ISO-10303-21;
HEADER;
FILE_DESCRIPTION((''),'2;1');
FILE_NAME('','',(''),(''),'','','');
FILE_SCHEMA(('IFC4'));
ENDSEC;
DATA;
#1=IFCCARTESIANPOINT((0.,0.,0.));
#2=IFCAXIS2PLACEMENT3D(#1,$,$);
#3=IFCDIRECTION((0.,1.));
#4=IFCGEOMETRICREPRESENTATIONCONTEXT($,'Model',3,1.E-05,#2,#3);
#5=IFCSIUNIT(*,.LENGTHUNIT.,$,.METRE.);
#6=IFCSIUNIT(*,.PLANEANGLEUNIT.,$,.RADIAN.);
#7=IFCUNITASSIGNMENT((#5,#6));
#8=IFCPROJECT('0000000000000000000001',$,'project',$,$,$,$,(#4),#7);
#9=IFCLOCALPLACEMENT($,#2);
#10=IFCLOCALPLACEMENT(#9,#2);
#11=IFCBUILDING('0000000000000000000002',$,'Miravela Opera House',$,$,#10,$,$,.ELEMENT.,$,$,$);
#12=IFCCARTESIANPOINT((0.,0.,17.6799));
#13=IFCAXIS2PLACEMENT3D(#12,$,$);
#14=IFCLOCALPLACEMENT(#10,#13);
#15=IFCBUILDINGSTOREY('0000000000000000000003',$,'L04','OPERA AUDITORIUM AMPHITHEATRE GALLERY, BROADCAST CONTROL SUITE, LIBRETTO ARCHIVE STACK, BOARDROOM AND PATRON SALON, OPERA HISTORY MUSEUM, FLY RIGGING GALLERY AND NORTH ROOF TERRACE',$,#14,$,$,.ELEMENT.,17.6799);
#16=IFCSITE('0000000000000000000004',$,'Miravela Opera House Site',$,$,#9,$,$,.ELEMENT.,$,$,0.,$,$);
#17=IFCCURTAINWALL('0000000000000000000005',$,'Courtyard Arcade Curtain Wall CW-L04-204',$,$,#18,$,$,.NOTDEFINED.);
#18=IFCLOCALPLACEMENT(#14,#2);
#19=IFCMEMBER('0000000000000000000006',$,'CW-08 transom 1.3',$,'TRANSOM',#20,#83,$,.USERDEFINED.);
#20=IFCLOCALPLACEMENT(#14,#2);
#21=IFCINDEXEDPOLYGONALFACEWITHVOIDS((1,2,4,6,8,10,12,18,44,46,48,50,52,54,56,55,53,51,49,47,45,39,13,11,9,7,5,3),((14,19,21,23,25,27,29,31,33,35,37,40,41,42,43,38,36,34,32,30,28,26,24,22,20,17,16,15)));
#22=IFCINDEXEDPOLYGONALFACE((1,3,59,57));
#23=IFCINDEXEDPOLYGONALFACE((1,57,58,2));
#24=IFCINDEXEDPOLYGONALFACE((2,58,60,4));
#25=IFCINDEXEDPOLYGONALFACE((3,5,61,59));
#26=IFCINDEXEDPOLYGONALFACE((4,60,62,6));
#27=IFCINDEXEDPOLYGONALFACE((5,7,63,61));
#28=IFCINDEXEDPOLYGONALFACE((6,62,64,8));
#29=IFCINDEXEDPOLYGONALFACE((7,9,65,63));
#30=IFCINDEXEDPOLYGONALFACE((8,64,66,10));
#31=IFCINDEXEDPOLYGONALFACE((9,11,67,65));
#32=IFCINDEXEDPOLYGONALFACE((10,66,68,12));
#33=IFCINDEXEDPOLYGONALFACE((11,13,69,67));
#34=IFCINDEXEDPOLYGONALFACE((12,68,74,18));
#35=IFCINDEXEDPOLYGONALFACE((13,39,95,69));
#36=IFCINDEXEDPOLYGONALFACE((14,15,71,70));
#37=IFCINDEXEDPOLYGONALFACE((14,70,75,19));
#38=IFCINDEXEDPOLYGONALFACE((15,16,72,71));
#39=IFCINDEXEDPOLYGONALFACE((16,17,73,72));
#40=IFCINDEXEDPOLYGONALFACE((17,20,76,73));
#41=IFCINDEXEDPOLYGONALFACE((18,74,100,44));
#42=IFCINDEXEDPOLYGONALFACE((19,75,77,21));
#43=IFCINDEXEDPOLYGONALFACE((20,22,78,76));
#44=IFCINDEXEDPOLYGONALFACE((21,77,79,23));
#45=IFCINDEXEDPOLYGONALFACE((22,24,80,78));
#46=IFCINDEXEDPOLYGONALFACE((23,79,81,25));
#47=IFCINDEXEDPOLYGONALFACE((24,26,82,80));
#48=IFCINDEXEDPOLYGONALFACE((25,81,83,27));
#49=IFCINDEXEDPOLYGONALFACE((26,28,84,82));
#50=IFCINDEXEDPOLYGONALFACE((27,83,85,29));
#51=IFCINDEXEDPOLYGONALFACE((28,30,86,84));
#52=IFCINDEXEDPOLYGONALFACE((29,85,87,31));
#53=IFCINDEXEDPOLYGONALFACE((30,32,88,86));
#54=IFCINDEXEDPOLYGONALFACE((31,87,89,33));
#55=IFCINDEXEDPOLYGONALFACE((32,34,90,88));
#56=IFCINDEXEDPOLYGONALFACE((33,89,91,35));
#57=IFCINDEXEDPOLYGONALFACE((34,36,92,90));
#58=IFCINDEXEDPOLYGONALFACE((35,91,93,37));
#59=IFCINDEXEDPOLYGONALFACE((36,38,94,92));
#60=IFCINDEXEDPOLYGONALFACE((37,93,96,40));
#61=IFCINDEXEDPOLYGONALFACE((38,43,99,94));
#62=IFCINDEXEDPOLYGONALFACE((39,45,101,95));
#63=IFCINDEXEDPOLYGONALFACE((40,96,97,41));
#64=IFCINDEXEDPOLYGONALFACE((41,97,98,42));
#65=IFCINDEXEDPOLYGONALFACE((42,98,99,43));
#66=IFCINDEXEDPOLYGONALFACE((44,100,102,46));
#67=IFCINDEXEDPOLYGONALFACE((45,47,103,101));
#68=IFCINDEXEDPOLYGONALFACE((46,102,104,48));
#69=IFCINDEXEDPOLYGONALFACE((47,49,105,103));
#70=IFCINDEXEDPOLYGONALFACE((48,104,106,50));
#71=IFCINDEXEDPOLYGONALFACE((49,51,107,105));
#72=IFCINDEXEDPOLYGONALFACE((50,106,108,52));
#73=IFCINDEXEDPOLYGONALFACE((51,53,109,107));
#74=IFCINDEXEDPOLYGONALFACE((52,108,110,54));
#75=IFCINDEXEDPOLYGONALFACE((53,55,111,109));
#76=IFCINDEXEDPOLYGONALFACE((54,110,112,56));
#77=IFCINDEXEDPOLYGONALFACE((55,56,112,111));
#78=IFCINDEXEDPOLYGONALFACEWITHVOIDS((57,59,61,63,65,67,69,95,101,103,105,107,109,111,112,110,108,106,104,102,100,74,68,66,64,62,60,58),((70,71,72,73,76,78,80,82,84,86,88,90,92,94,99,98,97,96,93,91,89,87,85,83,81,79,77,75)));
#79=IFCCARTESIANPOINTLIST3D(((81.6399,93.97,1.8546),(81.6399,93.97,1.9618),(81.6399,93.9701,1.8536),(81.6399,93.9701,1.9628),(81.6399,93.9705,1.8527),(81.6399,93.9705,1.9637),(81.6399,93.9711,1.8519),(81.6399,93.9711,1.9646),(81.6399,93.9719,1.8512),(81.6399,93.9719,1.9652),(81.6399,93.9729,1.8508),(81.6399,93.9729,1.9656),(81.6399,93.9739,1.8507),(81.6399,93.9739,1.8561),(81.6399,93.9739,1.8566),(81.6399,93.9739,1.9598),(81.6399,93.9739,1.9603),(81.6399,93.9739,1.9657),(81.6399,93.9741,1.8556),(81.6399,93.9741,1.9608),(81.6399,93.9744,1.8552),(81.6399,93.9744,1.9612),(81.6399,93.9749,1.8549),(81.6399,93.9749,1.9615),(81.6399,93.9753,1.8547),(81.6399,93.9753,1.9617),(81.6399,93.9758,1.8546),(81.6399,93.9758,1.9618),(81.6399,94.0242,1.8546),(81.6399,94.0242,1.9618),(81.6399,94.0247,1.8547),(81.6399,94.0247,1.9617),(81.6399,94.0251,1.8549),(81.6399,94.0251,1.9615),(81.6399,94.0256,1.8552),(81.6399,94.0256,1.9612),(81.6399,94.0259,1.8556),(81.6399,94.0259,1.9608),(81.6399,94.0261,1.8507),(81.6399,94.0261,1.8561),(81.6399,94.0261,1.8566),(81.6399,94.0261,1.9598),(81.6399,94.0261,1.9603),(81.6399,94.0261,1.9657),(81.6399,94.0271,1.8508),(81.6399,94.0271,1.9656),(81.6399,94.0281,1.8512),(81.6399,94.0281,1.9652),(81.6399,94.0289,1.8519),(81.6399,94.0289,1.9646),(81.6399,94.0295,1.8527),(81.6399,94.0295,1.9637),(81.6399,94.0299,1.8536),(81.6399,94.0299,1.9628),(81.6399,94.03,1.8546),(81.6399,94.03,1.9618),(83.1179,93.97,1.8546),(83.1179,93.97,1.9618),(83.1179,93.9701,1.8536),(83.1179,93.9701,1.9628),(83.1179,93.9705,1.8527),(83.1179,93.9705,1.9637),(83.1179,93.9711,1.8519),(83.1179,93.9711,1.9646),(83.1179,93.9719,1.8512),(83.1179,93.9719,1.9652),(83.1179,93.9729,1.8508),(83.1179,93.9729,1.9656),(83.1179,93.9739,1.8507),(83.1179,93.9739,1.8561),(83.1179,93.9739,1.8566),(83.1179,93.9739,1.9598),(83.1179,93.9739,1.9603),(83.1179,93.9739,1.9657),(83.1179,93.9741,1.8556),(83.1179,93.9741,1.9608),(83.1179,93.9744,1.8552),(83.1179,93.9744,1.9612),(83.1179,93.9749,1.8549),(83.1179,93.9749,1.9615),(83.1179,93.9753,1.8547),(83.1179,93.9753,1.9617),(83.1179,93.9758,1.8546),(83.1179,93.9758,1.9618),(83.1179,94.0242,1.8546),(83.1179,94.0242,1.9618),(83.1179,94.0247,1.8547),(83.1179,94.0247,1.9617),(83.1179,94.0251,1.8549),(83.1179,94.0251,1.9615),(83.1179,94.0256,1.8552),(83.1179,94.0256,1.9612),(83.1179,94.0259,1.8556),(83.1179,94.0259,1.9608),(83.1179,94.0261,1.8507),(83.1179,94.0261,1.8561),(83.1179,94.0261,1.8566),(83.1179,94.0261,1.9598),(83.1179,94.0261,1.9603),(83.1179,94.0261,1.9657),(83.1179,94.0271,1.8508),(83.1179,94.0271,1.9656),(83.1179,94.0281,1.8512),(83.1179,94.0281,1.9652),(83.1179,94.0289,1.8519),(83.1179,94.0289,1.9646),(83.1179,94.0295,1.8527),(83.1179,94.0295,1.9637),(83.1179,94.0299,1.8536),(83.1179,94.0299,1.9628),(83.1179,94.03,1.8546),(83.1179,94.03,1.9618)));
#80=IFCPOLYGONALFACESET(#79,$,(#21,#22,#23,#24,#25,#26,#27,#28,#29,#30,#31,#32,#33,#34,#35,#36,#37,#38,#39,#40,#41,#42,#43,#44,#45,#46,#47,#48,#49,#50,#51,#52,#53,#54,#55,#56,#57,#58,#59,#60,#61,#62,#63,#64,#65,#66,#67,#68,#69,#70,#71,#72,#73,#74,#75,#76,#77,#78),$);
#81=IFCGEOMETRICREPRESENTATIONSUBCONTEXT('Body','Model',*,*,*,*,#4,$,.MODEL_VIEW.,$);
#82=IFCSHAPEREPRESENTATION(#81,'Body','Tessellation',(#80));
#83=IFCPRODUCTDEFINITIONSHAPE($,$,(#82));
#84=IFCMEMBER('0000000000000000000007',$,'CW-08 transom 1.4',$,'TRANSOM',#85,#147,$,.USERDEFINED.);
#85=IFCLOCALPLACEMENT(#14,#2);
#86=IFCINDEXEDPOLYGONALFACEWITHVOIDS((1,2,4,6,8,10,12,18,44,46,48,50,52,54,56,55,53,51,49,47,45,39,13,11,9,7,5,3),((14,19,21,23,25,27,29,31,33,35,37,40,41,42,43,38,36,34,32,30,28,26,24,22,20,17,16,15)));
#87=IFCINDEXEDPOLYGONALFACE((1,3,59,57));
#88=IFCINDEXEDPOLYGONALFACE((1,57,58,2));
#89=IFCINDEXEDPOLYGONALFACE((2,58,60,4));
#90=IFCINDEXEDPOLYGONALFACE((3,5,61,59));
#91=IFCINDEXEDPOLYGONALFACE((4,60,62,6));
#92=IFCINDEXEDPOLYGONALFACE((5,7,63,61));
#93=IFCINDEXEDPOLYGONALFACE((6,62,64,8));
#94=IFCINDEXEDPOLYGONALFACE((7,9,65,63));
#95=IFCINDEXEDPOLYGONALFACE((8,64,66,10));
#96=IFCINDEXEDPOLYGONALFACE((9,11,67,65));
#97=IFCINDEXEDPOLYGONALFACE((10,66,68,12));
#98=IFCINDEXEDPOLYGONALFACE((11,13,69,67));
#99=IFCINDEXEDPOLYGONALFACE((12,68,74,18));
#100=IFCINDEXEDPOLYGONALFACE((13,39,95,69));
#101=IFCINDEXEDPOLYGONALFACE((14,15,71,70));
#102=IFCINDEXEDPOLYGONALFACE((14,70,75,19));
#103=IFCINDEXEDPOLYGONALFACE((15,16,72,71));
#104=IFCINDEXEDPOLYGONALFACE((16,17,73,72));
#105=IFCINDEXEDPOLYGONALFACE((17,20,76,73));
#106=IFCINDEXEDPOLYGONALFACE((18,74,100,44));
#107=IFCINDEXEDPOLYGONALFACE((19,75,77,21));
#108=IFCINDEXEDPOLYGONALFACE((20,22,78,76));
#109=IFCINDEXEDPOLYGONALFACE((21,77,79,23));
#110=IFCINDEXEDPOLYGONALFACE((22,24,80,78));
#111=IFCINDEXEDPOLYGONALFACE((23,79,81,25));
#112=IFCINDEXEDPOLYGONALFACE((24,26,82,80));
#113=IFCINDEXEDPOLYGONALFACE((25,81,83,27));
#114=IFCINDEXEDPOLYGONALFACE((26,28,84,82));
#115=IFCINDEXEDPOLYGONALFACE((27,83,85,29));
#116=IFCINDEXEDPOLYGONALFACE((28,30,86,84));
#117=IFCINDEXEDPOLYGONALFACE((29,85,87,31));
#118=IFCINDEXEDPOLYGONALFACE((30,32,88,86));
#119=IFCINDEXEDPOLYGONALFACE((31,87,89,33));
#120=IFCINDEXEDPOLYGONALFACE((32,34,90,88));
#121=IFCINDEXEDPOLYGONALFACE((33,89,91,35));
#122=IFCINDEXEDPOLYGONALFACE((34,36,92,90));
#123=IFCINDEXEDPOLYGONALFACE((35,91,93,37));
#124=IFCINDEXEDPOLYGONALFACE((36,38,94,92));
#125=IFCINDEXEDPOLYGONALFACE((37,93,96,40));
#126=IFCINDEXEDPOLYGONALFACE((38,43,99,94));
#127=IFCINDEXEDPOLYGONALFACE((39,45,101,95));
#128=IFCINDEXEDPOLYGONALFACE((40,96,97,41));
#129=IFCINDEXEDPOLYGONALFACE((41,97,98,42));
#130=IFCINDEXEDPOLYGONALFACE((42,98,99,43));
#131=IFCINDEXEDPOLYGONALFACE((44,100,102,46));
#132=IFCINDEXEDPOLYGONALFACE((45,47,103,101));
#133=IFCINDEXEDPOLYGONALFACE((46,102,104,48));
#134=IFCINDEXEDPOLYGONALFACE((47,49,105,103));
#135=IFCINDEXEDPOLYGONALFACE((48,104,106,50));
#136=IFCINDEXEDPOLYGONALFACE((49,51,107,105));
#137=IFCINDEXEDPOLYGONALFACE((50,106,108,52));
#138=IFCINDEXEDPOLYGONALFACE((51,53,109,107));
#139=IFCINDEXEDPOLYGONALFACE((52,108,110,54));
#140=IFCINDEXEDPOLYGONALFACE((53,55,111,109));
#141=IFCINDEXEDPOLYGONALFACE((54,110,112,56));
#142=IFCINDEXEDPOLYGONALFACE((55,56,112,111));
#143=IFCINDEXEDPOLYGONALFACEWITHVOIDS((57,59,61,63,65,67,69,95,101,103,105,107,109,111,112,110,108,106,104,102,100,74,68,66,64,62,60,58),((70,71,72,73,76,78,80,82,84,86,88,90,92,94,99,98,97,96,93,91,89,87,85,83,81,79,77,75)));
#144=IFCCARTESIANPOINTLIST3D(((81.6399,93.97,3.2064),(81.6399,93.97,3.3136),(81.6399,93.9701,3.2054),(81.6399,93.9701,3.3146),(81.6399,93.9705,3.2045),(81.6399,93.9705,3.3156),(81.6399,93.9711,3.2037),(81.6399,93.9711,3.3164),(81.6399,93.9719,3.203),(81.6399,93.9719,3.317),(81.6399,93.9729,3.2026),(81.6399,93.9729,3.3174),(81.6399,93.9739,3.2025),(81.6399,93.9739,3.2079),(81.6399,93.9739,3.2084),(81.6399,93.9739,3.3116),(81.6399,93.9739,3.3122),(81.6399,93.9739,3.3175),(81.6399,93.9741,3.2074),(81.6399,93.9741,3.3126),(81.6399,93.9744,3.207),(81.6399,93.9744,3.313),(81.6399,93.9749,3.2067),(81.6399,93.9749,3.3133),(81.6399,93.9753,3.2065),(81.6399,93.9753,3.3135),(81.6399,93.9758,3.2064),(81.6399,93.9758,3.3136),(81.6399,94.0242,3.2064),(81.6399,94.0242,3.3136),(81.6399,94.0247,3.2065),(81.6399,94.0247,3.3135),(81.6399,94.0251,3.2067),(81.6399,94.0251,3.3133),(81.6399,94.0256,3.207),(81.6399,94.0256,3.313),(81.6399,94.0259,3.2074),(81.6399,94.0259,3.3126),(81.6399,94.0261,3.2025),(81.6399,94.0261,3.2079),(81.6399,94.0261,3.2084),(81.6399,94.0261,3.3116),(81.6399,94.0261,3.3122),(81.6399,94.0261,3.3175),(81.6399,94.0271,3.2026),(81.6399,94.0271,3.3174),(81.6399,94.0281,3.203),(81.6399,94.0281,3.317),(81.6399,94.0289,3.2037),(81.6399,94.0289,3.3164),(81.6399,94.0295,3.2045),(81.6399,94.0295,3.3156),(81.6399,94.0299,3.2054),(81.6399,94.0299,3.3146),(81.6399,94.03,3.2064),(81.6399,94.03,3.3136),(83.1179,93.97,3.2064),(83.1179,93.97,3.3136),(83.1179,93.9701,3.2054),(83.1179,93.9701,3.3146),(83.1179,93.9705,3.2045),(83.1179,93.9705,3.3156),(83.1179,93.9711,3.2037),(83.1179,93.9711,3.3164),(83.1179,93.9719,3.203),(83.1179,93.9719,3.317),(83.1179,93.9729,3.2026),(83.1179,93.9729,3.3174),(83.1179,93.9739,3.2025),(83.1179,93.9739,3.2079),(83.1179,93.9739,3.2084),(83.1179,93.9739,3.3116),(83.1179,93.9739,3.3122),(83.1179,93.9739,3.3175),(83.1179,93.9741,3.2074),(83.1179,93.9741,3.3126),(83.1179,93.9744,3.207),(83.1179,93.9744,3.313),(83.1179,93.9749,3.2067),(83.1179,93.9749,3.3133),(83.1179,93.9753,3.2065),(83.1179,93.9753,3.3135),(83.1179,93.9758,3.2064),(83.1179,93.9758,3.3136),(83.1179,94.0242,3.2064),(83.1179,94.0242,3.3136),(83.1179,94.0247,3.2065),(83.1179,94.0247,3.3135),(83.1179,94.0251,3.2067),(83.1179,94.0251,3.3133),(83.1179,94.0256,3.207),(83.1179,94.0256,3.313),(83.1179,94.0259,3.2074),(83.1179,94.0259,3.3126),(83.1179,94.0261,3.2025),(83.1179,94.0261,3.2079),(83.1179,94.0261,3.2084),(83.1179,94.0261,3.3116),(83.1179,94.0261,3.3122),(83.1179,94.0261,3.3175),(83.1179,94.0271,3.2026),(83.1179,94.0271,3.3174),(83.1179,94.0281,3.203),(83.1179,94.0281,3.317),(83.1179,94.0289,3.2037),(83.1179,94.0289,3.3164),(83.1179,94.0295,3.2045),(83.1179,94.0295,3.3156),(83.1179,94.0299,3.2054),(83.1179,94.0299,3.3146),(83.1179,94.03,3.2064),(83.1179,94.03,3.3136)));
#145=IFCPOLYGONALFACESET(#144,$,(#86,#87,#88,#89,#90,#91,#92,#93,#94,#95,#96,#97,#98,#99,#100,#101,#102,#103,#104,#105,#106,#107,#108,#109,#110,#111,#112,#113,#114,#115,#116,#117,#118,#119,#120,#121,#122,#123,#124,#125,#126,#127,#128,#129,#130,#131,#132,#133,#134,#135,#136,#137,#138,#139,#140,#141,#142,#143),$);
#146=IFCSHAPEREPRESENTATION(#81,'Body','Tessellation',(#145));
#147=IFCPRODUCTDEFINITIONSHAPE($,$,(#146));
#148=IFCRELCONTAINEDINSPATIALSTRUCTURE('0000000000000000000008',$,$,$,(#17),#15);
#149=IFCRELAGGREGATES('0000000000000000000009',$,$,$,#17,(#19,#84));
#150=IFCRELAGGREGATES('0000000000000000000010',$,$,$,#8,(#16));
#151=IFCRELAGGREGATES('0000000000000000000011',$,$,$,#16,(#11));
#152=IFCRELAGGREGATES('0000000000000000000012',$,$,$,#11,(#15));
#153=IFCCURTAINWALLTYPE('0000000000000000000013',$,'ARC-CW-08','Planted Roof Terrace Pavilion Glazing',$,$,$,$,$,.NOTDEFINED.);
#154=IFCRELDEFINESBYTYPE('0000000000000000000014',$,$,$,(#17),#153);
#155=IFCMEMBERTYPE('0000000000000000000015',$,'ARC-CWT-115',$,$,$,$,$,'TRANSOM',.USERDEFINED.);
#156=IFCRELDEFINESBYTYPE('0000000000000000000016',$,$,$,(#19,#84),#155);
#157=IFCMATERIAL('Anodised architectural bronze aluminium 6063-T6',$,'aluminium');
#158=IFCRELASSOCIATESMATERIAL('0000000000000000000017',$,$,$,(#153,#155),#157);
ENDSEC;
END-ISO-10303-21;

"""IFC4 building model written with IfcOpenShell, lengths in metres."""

from ifc_helpers import new_model, si_unit, direction, frame, origin, origin_2d, place, context, subcontext, project, spatial, hollow_rectangle, extrude, material, material_profile, profile_set, type_object, element, aggregate, save


model = new_model("IFC4")

# Units and contexts
model_context = context("Model", 3, precision=1e-05, world=origin(), true_north=direction((0.0, 1.0)))
body_context = subcontext(model_context, "Body", "Model", "MODEL_VIEW")
ifc_project = project(units=[si_unit("LENGTHUNIT", "METRE"), si_unit("PLANEANGLEUNIT", "RADIAN")], contexts=[model_context])

# Site, building, storey
site_placement = place(None, origin())
site = spatial("IfcSite", under=ifc_project, at=site_placement, Name="Miravela Opera House Site", CompositionType="ELEMENT", RefElevation=0.0)
building_placement = place(site_placement, origin())
building = spatial("IfcBuilding", under=site, at=building_placement, Name="Miravela Opera House", CompositionType="ELEMENT")
storey_placement = place(building_placement, frame((0.0, 0.0, 17.6799)))
storey = spatial("IfcBuildingStorey", under=building, at=storey_placement, Name="L04", Description="OPERA AUDITORIUM AMPHITHEATRE GALLERY, BROADCAST CONTROL SUITE, LIBRETTO ARCHIVE STACK, BOARDROOM AND PATRON SALON, OPERA HISTORY MUSEUM, FLY RIGGING GALLERY AND NORTH ROOF TERRACE", CompositionType="ELEMENT", Elevation=17.6799)

# Curtain wall, members
ifc_material_1 = material(Name="Anodised architectural bronze aluminium 6063-T6", Category="aluminium")
curtain_wall_type = type_object("IfcCurtainWallType", Name="ARC-CW-08", Description="Planted Roof Terrace Pavilion Glazing", PredefinedType="NOTDEFINED", material=ifc_material_1)
curtain_wall_placement = place(storey_placement, origin())
curtain_wall = element("IfcCurtainWall", 1, at=curtain_wall_placement, inside=storey, type_object=curtain_wall_type, Name="Courtyard Arcade Curtain Wall CW-L04-204", PredefinedType="NOTDEFINED")
ifc_material_profile_1 = material_profile(ifc_material_1, hollow_rectangle(XDim=0.0601, YDim=0.115, WallThickness=0.0039, InnerFilletRadius=0.002, OuterFilletRadius=0.0039, at=origin_2d()), Name="CWT-60X115")
ifc_profile_set_1 = profile_set([ifc_material_profile_1])
member_type_1 = type_object("IfcMemberType", Name="ARC-CWT-115", ElementType="TRANSOM", PredefinedType="USERDEFINED", material=ifc_profile_set_1)
member_1_placement = place(storey_placement, frame((81.6399, 94.0, 1.9082), z_axis=(1.0, 0.0, 0.0), x_axis=(0.0, 1.0, 0.0)))
member_1 = element("IfcMember", 2, at=member_1_placement, type_object=member_type_1, Name="CW-08 transom 1.3", ObjectType="TRANSOM", PredefinedType="USERDEFINED", context=body_context, shape_type="SweptSolid", body=[
    extrude(hollow_rectangle(XDim=0.0601, YDim=0.115, WallThickness=0.0039, InnerFilletRadius=0.002, OuterFilletRadius=0.0039, at=origin_2d()), origin(), (0.0, 0.0, 1.0), 1.478),
])
member_2_placement = place(storey_placement, frame((81.6399, 94.0, 3.26), z_axis=(1.0, 0.0, 0.0), x_axis=(0.0, 1.0, 0.0)))
member_2 = element("IfcMember", 3, at=member_2_placement, type_object=member_type_1, Name="CW-08 transom 1.4", ObjectType="TRANSOM", PredefinedType="USERDEFINED", context=body_context, shape_type="SweptSolid", body=[
    extrude(hollow_rectangle(XDim=0.0601, YDim=0.115, WallThickness=0.0039, InnerFilletRadius=0.002, OuterFilletRadius=0.0039, at=origin_2d()), origin(), (0.0, 0.0, 1.0), 1.478),
])

aggregate(curtain_wall, [member_1, member_2])

save(model, "model.ifc")
